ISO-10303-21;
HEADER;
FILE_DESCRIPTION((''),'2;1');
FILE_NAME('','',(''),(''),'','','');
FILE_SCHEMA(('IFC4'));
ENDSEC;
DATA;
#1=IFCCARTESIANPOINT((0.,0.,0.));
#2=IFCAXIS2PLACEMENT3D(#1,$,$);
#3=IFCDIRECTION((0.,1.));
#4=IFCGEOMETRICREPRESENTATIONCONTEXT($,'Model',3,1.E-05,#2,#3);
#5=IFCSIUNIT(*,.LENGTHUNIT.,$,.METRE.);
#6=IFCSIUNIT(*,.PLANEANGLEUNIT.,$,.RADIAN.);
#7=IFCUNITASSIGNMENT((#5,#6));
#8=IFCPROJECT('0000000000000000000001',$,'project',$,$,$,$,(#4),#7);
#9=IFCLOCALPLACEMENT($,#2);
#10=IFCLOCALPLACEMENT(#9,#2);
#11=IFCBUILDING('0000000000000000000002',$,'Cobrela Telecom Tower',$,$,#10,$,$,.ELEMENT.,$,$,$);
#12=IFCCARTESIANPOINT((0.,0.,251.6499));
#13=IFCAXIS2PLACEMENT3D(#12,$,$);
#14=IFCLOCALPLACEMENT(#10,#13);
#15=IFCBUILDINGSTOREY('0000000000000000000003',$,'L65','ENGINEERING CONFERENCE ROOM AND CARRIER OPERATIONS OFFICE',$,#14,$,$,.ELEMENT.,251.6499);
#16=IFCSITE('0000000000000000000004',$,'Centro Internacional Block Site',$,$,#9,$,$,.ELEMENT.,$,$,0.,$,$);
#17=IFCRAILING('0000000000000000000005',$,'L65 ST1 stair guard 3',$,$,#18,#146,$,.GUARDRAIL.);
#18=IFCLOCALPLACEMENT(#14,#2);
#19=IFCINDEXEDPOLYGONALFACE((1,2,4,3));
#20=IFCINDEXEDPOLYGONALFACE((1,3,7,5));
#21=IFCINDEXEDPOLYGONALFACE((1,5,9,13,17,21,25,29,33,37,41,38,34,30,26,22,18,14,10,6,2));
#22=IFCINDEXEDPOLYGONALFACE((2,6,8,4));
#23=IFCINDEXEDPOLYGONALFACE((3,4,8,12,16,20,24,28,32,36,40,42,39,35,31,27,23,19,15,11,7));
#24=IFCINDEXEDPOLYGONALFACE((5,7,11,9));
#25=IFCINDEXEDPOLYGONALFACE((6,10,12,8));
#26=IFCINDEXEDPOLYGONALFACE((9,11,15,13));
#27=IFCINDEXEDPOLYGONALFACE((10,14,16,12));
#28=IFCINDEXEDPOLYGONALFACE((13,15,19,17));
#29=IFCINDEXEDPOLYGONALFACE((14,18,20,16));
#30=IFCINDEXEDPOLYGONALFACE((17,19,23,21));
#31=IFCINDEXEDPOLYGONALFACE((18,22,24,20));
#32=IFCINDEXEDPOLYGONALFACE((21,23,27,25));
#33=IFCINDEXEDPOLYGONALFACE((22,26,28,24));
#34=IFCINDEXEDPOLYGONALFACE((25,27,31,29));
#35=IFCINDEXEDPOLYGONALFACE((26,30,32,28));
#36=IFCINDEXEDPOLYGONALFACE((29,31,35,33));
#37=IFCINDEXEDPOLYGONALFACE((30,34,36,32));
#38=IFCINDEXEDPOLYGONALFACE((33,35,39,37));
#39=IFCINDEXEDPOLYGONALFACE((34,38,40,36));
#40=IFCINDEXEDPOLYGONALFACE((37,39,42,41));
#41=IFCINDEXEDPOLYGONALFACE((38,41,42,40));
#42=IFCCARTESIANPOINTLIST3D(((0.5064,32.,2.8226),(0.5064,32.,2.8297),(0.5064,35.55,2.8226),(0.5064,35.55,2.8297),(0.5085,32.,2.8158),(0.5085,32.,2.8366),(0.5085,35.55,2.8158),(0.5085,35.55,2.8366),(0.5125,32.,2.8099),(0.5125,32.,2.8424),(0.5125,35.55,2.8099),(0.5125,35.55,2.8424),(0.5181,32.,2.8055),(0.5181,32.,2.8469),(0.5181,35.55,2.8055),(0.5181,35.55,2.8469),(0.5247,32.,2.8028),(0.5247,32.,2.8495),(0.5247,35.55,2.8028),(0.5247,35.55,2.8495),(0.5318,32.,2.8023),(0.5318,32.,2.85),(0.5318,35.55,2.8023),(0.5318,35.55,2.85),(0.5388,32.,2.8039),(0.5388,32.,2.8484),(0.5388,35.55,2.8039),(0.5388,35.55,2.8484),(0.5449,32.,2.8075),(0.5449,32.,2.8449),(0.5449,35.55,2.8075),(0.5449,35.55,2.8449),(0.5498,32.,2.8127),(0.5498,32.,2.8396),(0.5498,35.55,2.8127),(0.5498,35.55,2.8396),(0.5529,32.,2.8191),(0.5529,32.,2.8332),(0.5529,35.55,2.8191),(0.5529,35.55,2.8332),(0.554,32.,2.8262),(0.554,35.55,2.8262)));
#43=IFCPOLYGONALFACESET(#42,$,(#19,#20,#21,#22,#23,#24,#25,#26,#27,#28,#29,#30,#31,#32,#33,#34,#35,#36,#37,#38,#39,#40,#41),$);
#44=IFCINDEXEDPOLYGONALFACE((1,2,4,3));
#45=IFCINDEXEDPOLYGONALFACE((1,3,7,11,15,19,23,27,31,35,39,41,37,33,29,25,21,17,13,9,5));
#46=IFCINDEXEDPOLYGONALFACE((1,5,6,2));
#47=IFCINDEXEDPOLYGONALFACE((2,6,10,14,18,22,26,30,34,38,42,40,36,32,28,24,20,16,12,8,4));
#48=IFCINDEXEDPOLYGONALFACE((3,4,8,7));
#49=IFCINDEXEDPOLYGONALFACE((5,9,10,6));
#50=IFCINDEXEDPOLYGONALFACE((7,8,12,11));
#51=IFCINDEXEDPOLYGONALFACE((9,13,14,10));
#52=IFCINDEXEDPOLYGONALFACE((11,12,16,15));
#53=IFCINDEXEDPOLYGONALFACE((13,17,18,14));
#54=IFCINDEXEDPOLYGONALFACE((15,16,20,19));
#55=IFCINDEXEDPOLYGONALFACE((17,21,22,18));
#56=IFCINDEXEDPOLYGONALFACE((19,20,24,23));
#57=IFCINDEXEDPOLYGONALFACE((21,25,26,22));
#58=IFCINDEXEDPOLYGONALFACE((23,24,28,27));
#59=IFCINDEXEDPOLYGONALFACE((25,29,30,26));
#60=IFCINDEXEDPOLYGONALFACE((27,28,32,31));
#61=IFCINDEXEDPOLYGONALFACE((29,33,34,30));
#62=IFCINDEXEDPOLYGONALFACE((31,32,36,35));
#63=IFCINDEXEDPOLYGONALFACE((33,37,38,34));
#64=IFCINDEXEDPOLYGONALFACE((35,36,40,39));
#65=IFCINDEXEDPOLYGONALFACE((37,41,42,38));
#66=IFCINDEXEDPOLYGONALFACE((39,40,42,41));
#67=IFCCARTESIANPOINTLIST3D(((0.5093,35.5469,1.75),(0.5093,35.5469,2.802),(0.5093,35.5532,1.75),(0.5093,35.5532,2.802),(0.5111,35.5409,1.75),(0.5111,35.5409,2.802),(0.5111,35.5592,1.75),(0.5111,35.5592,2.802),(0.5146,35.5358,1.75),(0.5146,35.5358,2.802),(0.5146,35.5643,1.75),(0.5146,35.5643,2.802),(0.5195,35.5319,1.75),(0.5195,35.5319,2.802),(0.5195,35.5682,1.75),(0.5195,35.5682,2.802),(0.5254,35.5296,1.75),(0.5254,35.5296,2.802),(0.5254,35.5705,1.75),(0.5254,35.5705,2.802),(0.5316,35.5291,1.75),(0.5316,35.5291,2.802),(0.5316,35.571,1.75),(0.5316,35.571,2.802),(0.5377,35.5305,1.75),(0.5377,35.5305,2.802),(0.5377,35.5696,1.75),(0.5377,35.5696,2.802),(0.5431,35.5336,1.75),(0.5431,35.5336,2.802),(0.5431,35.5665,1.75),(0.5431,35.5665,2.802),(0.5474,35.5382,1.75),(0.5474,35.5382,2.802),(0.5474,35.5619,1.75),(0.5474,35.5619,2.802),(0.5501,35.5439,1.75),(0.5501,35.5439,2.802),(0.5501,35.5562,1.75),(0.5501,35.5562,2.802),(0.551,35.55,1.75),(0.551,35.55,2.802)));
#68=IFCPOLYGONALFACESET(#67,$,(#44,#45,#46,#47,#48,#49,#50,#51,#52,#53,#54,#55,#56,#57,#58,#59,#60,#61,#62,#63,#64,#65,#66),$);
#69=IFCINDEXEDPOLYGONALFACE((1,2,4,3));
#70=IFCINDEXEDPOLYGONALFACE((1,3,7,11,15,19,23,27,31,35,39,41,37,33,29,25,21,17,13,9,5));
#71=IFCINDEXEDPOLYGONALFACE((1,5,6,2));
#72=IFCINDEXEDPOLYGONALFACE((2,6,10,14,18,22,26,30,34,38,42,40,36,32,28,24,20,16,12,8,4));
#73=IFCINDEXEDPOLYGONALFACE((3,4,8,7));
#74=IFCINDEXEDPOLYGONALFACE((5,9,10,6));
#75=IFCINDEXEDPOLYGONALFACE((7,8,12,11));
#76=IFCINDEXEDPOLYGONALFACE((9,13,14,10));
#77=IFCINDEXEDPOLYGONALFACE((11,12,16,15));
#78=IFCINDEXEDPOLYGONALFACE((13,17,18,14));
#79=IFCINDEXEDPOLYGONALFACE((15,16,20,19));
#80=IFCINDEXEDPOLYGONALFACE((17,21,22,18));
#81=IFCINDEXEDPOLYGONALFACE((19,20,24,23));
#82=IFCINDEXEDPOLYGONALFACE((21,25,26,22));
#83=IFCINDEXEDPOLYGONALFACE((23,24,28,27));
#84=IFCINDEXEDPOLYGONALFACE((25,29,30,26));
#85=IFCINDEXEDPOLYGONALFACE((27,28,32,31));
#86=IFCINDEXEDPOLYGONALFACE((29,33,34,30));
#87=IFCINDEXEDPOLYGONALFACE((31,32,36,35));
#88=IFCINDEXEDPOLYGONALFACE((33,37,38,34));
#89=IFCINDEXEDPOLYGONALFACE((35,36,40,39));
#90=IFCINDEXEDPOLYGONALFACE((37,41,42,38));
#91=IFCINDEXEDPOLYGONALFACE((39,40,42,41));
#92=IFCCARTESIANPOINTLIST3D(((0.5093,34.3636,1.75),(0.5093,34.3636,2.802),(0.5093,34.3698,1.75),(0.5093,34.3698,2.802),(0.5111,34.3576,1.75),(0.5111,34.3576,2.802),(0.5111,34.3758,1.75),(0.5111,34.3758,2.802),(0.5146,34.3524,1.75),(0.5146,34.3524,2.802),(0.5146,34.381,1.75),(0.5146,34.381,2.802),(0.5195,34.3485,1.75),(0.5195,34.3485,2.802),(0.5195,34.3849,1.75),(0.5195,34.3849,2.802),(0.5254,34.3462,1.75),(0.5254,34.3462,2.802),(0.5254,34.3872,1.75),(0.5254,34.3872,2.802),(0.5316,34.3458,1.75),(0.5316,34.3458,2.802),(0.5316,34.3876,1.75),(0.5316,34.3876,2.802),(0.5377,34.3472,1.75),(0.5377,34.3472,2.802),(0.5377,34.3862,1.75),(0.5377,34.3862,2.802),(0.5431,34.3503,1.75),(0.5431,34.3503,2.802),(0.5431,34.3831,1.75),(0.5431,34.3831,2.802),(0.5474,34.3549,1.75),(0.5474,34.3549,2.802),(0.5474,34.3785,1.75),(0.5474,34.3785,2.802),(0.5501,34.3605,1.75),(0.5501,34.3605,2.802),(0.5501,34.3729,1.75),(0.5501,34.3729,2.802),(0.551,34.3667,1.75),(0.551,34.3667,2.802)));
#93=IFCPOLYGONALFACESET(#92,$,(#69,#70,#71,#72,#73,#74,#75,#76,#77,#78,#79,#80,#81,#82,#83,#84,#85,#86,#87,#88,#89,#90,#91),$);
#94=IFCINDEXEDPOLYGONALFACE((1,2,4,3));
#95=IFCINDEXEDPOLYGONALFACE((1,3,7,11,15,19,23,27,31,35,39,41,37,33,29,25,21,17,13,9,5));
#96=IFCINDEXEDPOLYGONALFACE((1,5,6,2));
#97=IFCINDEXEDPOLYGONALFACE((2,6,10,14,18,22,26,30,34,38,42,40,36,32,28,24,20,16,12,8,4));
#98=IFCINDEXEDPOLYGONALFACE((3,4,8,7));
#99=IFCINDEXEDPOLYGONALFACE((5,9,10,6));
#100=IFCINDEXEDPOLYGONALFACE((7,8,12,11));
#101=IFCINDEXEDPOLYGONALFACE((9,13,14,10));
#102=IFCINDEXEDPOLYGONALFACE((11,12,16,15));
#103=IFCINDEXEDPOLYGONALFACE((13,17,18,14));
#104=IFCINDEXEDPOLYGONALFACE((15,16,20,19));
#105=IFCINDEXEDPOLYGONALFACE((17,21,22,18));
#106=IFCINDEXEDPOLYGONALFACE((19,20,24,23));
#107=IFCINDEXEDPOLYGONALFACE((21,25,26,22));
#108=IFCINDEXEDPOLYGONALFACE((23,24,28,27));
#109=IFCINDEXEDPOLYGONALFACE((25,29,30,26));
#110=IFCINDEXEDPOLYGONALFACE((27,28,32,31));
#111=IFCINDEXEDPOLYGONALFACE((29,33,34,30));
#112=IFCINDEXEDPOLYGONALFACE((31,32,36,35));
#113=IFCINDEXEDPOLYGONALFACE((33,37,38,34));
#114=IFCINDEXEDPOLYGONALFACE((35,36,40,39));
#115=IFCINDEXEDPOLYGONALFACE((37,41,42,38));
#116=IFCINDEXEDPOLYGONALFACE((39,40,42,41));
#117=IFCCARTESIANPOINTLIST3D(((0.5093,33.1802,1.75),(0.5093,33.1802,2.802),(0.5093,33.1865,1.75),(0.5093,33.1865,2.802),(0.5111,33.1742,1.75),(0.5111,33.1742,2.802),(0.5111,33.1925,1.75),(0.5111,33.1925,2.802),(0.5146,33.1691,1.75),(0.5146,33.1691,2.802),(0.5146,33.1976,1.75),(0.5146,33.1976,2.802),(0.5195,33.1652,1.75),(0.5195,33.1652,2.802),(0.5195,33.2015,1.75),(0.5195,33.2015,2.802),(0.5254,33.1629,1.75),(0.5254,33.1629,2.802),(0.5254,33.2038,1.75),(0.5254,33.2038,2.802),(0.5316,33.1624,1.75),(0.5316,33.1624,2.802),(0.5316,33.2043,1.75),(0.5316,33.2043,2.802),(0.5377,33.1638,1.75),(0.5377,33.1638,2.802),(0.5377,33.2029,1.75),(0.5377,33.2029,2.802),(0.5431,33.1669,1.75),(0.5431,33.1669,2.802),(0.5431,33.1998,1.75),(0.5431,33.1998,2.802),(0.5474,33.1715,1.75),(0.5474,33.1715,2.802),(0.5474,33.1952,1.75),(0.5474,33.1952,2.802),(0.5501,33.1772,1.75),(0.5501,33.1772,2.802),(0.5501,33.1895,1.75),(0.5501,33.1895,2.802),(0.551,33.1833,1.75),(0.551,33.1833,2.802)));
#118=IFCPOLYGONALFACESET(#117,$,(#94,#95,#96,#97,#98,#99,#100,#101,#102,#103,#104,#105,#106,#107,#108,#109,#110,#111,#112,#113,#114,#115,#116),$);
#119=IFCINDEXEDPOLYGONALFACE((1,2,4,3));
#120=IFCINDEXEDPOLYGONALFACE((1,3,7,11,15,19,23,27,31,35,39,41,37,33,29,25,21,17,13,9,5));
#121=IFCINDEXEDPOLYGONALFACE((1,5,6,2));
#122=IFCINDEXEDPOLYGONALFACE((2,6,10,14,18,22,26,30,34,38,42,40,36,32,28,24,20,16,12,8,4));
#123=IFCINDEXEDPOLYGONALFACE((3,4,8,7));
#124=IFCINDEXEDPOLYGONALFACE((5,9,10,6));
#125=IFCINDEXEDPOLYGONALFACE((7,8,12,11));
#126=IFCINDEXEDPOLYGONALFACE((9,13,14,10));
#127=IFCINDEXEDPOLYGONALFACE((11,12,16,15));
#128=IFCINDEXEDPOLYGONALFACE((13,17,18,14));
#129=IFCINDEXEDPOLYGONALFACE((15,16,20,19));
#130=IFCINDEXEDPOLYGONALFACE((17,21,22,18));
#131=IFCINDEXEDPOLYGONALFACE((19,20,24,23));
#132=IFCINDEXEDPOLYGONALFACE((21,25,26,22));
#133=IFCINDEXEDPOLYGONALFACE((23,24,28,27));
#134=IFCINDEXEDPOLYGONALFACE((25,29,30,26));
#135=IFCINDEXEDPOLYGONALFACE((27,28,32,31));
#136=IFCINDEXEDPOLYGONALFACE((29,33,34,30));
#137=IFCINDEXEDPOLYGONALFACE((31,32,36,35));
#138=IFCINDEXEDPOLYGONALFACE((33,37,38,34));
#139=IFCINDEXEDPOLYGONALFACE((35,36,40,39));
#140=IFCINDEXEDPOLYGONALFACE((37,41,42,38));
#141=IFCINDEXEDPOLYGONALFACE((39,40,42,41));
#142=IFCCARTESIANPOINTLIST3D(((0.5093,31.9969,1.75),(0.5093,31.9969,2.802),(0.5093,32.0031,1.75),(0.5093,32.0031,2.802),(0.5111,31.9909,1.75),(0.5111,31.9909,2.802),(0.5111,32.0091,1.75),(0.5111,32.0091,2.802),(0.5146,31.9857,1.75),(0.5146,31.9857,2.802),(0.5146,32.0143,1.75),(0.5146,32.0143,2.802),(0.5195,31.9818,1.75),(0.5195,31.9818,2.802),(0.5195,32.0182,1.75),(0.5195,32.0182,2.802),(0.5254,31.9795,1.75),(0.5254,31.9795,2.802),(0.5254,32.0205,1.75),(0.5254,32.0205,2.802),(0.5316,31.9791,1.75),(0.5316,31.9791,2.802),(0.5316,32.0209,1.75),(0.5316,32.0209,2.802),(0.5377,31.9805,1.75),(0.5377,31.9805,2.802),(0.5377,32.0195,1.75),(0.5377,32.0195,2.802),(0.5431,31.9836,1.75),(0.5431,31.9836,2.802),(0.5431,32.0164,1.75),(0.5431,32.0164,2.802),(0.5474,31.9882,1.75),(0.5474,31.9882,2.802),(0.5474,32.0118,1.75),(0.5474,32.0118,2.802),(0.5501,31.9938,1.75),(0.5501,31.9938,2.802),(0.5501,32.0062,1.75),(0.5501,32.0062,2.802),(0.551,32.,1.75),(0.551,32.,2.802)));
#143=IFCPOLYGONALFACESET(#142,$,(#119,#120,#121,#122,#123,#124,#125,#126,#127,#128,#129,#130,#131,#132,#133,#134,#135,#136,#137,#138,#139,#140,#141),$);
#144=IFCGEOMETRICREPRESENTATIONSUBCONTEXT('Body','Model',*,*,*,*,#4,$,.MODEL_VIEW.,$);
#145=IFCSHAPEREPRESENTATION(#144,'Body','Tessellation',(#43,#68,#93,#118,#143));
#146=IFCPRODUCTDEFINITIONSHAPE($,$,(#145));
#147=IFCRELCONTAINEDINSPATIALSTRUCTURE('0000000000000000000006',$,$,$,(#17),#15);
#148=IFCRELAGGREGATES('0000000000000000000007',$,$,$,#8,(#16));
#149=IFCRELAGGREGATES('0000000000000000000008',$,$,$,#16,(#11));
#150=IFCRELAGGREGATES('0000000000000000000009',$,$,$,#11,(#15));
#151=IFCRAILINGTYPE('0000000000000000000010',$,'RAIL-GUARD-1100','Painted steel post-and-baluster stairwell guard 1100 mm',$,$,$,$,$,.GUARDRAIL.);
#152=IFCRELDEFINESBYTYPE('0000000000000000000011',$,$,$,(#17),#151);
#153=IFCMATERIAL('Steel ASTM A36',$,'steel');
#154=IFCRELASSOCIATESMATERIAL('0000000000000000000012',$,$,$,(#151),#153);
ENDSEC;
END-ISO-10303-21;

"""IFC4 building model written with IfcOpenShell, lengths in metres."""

from ifc_helpers import new_model, si_unit, direction, frame, origin, origin_2d, place, context, subcontext, project, spatial, circle, extrude, material, type_object, element, save


model = new_model("IFC4")

# Units and contexts
model_context = context("Model", 3, precision=1e-05, world=origin(), true_north=direction((0.0, 1.0)))
body_context = subcontext(model_context, "Body", "Model", "MODEL_VIEW")
ifc_project = project(units=[si_unit("LENGTHUNIT", "METRE"), si_unit("PLANEANGLEUNIT", "RADIAN")], contexts=[model_context])

# Site, building, storey
site_placement = place(None, origin())
site = spatial("IfcSite", under=ifc_project, at=site_placement, Name="Centro Internacional Block Site", CompositionType="ELEMENT", RefElevation=0.0)
building_placement = place(site_placement, origin())
building = spatial("IfcBuilding", under=site, at=building_placement, Name="Cobrela Telecom Tower", CompositionType="ELEMENT")
storey_placement = place(building_placement, frame((0.0, 0.0, 251.6499)))
storey = spatial("IfcBuildingStorey", under=building, at=storey_placement, Name="L65", Description="ENGINEERING CONFERENCE ROOM AND CARRIER OPERATIONS OFFICE", CompositionType="ELEMENT", Elevation=251.6499)

# Shared definitions
ifc_material_1 = material(Name="Steel ASTM A36", Category="steel")

# Railing
railing_type_1 = type_object("IfcRailingType", Name="RAIL-GUARD-1100", Description="Painted steel post-and-baluster stairwell guard 1100 mm", PredefinedType="GUARDRAIL", material=ifc_material_1)
railing_1_placement = place(storey_placement, frame((0.53, 35.55, 1.75)))
element("IfcRailing", 1, at=railing_1_placement, inside=storey, type_object=railing_type_1, Name="L65 ST1 stair guard 3", PredefinedType="GUARDRAIL", context=body_context, shape_type="SweptSolid", body=[
    extrude(circle(Radius=0.0239, at=origin_2d()), frame((0.0, 0.0, 1.0762), z_axis=(0.0, -1.0, 0.0), x_axis=(1.0, 0.0, 0.0)), (0.0, 0.0, 1.0), 3.55),
    extrude(circle(Radius=0.021, at=origin_2d()), origin(), (0.0, 0.0, 1.0), 1.052),
    extrude(circle(Radius=0.021, at=origin_2d()), frame((0.0, -1.1833, 0.0)), (0.0, 0.0, 1.0), 1.052),
    extrude(circle(Radius=0.021, at=origin_2d()), frame((0.0, -2.3667, 0.0)), (0.0, 0.0, 1.0), 1.052),
    extrude(circle(Radius=0.021, at=origin_2d()), frame((0.0, -3.55, 0.0)), (0.0, 0.0, 1.0), 1.052),
])

save(model, "model.ifc")
